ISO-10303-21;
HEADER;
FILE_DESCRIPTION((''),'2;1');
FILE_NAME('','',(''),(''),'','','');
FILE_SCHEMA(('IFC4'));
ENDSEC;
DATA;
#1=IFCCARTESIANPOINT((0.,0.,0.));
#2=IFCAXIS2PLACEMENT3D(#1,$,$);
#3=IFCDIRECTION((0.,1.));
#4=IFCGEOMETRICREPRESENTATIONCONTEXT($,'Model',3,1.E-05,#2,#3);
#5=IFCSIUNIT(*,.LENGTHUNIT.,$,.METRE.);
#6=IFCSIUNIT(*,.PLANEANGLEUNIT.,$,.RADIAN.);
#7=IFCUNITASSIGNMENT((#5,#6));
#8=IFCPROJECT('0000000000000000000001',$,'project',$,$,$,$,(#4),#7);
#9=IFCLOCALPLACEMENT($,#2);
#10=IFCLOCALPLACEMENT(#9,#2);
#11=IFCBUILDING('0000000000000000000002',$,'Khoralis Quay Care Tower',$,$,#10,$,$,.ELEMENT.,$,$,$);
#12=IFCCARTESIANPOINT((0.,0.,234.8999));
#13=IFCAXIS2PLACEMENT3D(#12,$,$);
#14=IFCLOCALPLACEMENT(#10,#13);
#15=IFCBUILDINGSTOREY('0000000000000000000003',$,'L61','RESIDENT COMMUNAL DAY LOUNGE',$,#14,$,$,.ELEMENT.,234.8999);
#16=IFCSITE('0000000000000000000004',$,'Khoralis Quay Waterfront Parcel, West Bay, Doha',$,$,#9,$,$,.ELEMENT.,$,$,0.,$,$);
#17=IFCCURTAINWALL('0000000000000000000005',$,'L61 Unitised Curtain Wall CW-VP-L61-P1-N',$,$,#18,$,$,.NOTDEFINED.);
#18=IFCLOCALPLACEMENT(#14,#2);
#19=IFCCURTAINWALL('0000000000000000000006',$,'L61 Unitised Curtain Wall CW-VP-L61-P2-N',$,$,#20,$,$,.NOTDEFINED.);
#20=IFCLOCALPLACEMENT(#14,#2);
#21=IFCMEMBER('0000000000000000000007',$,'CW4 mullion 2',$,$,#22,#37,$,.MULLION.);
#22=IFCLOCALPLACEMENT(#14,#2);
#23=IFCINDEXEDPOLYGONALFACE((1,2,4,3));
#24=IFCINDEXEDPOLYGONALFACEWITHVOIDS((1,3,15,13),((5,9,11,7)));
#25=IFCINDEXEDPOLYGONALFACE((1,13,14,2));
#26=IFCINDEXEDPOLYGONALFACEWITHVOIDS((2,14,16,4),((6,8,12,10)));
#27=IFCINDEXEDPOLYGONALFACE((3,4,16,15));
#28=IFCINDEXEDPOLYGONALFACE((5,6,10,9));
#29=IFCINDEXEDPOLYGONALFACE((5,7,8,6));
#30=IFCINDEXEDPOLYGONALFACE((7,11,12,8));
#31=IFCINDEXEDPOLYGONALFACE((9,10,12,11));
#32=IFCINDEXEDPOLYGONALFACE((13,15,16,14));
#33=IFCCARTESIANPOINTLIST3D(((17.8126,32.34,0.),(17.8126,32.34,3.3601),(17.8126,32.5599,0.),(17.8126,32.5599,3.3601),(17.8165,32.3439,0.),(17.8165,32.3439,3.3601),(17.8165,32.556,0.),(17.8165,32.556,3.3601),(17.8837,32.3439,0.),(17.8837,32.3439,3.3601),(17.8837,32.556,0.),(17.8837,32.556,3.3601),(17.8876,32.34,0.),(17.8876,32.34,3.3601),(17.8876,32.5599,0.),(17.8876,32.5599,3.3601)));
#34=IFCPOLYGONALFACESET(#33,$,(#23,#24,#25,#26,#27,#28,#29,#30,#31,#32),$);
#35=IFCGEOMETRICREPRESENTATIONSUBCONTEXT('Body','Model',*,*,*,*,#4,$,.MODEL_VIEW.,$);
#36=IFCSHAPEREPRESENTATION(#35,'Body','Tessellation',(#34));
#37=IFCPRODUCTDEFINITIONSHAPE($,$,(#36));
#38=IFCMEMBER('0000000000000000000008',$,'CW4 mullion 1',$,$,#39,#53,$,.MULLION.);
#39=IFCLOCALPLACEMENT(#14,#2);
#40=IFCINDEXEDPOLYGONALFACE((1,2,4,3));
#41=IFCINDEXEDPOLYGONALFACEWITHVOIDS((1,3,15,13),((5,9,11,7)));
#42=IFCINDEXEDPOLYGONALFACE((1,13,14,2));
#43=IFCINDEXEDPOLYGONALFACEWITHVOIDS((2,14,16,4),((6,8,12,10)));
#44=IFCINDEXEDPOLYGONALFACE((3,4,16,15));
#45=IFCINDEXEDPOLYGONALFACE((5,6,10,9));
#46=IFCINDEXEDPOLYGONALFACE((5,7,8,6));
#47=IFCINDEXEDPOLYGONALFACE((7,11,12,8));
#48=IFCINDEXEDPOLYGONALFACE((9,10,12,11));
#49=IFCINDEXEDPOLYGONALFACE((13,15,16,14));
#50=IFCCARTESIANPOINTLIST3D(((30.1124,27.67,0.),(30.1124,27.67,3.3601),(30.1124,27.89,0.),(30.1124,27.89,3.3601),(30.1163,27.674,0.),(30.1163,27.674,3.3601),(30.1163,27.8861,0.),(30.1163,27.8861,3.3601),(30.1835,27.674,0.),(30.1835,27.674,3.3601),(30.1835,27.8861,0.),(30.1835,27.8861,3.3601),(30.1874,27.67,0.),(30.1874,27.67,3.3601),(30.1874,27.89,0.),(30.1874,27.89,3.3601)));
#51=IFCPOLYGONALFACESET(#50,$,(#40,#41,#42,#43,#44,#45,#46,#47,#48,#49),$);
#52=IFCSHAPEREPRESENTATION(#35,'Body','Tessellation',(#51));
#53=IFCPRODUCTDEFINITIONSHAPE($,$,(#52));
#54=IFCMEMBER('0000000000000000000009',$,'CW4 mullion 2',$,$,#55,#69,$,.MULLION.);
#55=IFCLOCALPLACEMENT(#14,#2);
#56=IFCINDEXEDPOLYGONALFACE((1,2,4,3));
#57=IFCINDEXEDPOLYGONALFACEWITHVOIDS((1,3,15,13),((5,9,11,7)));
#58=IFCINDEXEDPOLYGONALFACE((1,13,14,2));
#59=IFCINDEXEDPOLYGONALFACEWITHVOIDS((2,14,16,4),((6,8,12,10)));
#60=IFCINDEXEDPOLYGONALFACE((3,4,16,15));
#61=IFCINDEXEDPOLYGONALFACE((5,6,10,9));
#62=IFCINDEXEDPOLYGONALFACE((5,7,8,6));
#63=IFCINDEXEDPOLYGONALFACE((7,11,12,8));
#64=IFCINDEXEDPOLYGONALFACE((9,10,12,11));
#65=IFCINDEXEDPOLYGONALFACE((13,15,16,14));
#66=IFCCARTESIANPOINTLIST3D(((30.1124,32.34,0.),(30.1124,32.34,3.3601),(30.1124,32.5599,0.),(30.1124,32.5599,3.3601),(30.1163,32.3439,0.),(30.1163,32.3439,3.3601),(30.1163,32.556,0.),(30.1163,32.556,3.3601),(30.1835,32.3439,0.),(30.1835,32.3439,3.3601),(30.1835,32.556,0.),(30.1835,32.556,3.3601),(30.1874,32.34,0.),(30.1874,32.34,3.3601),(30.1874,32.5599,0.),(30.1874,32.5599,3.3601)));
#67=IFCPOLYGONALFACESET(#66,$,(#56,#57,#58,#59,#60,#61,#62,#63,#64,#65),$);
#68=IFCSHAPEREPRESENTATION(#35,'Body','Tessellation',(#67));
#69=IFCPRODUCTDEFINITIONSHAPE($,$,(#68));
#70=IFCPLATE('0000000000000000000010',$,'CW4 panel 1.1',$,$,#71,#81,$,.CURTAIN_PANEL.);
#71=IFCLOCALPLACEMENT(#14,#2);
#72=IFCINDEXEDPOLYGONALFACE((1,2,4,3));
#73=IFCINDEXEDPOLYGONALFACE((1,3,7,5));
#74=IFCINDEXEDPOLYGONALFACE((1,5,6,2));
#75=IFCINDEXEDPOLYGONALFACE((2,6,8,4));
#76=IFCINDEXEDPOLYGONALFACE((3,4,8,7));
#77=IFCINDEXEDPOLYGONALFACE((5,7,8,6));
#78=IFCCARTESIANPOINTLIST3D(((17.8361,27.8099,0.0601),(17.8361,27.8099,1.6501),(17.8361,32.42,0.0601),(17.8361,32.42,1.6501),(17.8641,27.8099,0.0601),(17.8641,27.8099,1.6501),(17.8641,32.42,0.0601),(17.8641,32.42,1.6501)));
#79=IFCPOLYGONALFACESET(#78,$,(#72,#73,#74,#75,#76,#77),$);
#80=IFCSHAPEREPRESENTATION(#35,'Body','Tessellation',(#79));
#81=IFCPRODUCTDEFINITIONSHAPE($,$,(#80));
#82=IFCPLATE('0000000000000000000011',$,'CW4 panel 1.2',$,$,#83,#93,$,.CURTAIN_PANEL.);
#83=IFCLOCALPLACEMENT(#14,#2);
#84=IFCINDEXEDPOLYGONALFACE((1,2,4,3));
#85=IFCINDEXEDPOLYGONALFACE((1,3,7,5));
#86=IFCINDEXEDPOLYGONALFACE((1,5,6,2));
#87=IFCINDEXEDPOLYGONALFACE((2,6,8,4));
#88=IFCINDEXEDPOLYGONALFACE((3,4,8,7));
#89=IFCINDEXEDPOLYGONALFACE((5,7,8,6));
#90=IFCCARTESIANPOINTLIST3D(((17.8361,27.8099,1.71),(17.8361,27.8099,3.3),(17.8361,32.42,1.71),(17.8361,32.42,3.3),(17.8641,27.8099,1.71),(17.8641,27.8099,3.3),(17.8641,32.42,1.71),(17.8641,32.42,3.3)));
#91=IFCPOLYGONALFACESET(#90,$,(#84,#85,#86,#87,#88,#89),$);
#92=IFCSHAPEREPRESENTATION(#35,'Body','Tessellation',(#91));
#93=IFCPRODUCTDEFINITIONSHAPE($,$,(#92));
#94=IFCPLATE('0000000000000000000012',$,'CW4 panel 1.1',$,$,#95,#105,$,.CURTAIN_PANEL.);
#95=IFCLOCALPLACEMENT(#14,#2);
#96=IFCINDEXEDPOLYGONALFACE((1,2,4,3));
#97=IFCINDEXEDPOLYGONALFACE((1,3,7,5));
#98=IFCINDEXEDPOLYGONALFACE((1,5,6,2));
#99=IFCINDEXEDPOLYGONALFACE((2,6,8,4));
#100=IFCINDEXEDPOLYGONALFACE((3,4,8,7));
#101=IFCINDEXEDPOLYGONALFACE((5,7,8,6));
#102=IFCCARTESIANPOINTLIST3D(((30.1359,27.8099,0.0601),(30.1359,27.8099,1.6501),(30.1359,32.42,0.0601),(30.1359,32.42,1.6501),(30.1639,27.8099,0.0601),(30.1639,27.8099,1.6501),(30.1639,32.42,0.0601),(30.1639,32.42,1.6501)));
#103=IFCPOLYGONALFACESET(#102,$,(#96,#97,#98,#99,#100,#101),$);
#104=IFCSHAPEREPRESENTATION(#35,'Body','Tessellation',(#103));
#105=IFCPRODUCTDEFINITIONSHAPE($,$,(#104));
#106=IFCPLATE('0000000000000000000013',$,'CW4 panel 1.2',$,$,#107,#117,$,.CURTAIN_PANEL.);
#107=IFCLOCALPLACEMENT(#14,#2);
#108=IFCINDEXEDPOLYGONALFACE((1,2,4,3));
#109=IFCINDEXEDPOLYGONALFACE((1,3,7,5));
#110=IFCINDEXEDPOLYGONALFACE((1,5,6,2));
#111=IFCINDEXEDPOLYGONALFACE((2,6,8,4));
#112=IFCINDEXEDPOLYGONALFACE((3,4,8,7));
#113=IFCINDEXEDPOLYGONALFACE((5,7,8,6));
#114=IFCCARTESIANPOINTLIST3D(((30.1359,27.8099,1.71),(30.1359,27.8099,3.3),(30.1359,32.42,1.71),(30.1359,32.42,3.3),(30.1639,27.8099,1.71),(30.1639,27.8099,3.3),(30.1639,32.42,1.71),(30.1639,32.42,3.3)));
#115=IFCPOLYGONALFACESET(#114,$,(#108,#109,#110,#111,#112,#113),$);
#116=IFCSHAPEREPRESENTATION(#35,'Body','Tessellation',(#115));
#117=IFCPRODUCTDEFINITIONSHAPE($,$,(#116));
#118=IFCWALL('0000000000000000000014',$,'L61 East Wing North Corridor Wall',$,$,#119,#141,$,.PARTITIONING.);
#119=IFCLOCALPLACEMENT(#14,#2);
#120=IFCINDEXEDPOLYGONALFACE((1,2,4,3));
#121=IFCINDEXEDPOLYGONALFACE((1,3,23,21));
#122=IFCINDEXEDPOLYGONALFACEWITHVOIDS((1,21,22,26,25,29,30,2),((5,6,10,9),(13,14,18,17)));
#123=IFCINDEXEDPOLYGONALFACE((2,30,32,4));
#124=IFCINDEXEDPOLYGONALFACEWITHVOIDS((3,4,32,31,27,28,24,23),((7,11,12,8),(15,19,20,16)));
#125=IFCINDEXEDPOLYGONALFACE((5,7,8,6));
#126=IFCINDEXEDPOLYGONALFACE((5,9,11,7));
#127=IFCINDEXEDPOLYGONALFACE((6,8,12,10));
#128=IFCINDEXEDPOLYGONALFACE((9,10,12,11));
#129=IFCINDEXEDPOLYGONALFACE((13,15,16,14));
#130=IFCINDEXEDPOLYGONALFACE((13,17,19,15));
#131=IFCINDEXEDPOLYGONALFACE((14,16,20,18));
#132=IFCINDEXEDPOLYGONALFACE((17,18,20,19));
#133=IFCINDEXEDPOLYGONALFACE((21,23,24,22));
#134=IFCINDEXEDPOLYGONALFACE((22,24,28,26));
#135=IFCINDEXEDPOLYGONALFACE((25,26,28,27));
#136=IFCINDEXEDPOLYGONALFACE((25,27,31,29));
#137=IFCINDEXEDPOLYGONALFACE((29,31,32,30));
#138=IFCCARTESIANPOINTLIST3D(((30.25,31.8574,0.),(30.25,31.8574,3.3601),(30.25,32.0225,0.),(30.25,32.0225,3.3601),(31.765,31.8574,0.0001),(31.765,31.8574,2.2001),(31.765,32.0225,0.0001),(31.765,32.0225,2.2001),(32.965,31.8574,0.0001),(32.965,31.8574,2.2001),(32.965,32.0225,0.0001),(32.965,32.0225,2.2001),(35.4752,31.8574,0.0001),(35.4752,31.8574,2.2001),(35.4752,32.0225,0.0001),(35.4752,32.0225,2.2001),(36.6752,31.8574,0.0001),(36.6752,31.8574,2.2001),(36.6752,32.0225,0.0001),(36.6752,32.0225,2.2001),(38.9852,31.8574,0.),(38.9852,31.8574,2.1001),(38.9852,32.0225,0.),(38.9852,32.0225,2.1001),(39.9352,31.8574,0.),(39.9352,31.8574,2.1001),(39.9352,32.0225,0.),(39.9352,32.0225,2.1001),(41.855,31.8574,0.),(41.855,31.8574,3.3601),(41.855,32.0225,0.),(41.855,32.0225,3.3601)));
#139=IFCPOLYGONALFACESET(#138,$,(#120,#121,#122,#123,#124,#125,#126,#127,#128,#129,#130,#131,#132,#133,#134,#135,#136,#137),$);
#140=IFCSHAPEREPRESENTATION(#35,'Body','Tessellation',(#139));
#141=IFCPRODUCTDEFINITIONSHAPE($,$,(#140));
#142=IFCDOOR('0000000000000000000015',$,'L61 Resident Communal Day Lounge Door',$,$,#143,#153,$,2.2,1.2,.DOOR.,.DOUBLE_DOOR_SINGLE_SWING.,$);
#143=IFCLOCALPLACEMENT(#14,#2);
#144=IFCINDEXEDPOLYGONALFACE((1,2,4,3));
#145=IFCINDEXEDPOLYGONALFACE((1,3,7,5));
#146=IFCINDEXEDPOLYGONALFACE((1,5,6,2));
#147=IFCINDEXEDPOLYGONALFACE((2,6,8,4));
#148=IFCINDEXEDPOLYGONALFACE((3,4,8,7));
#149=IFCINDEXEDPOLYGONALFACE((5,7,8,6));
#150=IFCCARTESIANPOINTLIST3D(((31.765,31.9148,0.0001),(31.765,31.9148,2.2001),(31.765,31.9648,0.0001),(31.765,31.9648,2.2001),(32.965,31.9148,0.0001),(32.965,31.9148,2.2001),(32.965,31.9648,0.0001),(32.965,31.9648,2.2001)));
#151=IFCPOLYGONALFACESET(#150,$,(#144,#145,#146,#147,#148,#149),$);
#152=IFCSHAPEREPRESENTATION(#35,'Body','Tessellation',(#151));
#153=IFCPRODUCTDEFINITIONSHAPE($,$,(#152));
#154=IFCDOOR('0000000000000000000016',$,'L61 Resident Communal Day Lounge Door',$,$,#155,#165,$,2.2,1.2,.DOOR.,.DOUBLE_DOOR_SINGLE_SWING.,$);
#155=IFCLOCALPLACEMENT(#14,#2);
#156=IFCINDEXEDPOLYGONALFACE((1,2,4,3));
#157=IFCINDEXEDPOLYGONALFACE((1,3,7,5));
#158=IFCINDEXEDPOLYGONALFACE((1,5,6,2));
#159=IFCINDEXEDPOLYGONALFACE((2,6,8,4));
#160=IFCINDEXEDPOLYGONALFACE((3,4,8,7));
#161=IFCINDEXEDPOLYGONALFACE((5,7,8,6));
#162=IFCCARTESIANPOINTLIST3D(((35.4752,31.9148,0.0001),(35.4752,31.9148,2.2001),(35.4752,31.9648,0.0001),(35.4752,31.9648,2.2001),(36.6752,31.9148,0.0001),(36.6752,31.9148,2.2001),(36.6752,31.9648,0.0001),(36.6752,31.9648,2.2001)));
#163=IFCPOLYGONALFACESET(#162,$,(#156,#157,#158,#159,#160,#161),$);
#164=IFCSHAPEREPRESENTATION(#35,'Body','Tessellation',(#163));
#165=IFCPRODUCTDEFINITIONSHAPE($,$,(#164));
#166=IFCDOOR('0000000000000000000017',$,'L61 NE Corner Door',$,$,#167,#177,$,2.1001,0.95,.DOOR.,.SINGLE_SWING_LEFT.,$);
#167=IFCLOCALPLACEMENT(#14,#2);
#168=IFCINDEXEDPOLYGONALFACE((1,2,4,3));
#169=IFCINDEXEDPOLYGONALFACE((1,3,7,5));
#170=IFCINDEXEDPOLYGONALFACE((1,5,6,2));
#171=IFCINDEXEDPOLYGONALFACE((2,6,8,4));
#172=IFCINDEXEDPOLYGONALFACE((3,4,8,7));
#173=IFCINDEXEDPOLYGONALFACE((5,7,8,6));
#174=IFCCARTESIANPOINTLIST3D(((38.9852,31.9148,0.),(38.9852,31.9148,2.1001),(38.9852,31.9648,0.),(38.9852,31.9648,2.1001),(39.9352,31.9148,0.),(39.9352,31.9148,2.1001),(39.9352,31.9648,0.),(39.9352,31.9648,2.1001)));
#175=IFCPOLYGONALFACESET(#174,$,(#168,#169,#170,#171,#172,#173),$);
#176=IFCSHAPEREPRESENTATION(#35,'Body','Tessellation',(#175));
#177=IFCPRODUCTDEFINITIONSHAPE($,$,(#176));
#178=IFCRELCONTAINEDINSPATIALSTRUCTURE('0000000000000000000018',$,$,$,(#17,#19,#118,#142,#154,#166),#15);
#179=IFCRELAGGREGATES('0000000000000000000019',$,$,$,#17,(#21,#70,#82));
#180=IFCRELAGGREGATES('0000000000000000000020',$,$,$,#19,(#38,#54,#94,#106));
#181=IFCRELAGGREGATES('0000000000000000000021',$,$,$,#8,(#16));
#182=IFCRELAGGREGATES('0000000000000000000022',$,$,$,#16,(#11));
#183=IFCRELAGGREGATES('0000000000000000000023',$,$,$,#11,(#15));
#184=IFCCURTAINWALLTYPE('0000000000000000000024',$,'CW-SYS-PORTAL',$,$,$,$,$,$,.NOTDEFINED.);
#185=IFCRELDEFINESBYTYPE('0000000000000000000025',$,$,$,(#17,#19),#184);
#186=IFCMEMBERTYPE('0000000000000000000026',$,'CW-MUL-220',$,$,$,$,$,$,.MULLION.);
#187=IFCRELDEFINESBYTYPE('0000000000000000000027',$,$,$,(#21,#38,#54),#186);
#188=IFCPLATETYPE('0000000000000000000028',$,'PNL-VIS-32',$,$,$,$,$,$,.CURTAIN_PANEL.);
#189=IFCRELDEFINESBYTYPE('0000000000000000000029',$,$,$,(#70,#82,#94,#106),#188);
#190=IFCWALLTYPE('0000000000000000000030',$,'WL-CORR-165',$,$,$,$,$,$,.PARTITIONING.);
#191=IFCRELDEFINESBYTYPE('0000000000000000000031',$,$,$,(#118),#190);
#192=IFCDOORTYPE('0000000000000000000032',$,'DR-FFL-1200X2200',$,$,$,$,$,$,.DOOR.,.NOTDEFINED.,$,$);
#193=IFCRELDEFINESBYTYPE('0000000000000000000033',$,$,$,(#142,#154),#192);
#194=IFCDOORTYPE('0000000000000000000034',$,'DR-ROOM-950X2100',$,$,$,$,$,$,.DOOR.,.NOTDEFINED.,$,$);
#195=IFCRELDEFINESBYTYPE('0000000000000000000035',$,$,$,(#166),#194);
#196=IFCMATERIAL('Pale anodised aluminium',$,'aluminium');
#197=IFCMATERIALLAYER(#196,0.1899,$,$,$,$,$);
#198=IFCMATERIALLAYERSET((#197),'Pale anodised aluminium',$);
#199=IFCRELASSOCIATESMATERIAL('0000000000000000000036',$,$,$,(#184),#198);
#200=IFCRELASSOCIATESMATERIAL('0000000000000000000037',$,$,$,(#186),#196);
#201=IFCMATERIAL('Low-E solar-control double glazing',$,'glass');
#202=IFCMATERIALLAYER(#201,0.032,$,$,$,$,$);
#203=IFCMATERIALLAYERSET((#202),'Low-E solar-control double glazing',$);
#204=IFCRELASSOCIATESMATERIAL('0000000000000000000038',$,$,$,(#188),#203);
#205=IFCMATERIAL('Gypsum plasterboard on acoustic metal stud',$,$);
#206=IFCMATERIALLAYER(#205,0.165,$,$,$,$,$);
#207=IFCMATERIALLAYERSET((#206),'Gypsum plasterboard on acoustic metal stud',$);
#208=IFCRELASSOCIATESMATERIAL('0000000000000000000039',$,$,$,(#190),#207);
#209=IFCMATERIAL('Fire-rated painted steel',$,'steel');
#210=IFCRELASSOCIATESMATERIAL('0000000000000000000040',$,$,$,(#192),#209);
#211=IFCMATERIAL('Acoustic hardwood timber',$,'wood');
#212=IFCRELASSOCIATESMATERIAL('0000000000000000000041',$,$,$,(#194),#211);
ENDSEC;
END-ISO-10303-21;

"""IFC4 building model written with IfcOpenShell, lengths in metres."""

from ifc_helpers import new_model, si_unit, direction, frame, frame_2d, origin, origin_2d, place, context, subcontext, project, spatial, rectangle, hollow_rectangle, extrude, source, transform, mapped, material, layer, layer_set, material_profile, profile_set, type_object, element, fill, aggregate, save


model = new_model("IFC4")

# Units and contexts
model_context = context("Model", 3, precision=1e-05, world=origin(), true_north=direction((0.0, 1.0)))
body_context = subcontext(model_context, "Body", "Model", "MODEL_VIEW")
ifc_project = project(units=[si_unit("LENGTHUNIT", "METRE"), si_unit("PLANEANGLEUNIT", "RADIAN")], contexts=[model_context])

# Site, building, storey
site_placement = place(None, origin())
site = spatial("IfcSite", under=ifc_project, at=site_placement, Name="Khoralis Quay Waterfront Parcel, West Bay, Doha", CompositionType="ELEMENT", RefElevation=0.0)
building_placement = place(site_placement, origin())
building = spatial("IfcBuilding", under=site, at=building_placement, Name="Khoralis Quay Care Tower", CompositionType="ELEMENT")
storey_placement = place(building_placement, frame((0.0, 0.0, 234.8999)))
storey = spatial("IfcBuildingStorey", under=building, at=storey_placement, Name="L61", Description="RESIDENT COMMUNAL DAY LOUNGE", CompositionType="ELEMENT", Elevation=234.8999)

# Curtain wall
ifc_material_1 = material(Name="Pale anodised aluminium", Category="aluminium")
ifc_layer_1 = layer(ifc_material_1, 0.1899)
ifc_layer_set_1 = layer_set([ifc_layer_1], Name="Pale anodised aluminium")
curtain_wall_type = type_object("IfcCurtainWallType", Name="CW-SYS-PORTAL", PredefinedType="NOTDEFINED", material=ifc_layer_set_1)
curtain_wall_1_placement = place(storey_placement, origin())
curtain_wall_1 = element("IfcCurtainWall", 1, at=curtain_wall_1_placement, inside=storey, type_object=curtain_wall_type, Name="L61 Unitised Curtain Wall CW-VP-L61-P1-N", PredefinedType="NOTDEFINED")

# Curtain wall
curtain_wall_2_placement = place(storey_placement, origin())
curtain_wall_2 = element("IfcCurtainWall", 2, at=curtain_wall_2_placement, inside=storey, type_object=curtain_wall_type, Name="L61 Unitised Curtain Wall CW-VP-L61-P2-N", PredefinedType="NOTDEFINED")

# Members
ifc_material_profile_1 = material_profile(ifc_material_1, hollow_rectangle(XDim=0.075, YDim=0.22, WallThickness=0.0039, at=origin_2d()), Name="Pale anodised aluminium")
ifc_profile_set_1 = profile_set([ifc_material_profile_1], Name="Pale anodised aluminium")
member_type_1 = type_object("IfcMemberType", Name="CW-MUL-220", PredefinedType="MULLION", material=ifc_profile_set_1)
shared_shape_1 = source(origin(), body_context, "Body", "SweptSolid", [
    extrude(hollow_rectangle(XDim=0.075, YDim=0.22, WallThickness=0.0039, at=origin_2d()), origin(), (0.0, 0.0, 1.0), 3.3601),
])
member_1_placement = place(storey_placement, frame((17.8501, 32.45, 0.0), z_axis=(0.0, 0.0, 1.0), x_axis=(-1.0, 0.0, 0.0)))
member_1 = element("IfcMember", 3, at=member_1_placement, type_object=member_type_1, Name="CW4 mullion 2", PredefinedType="MULLION", context=body_context, shape_type="MappedRepresentation", body=[
    mapped(shared_shape_1, transform((0.0, 0.0, 0.0), scale=1.0)),
])
member_2_placement = place(storey_placement, frame((30.1499, 27.78, 0.0), z_axis=(0.0, 0.0, 1.0), x_axis=(-1.0, 0.0, 0.0)))
member_2 = element("IfcMember", 4, at=member_2_placement, type_object=member_type_1, Name="CW4 mullion 1", PredefinedType="MULLION", context=body_context, shape_type="MappedRepresentation", body=[
    mapped(shared_shape_1, transform((0.0, 0.0, 0.0), scale=1.0)),
])
member_3_placement = place(storey_placement, frame((30.1499, 32.45, 0.0), z_axis=(0.0, 0.0, 1.0), x_axis=(-1.0, 0.0, 0.0)))
member_3 = element("IfcMember", 5, at=member_3_placement, type_object=member_type_1, Name="CW4 mullion 2", PredefinedType="MULLION", context=body_context, shape_type="MappedRepresentation", body=[
    mapped(shared_shape_1, transform((0.0, 0.0, 0.0), scale=1.0)),
])

# Plates
ifc_material_2 = material(Name="Low-E solar-control double glazing", Category="glass")
ifc_layer_2 = layer(ifc_material_2, 0.032)
ifc_layer_set_2 = layer_set([ifc_layer_2], Name="Low-E solar-control double glazing")
plate_type = type_object("IfcPlateType", Name="PNL-VIS-32", PredefinedType="CURTAIN_PANEL", material=ifc_layer_set_2)
shared_shape_2 = source(origin(), body_context, "Body", "SweptSolid", [
    extrude(rectangle(XDim=4.6101, YDim=0.0281, at=origin_2d()), origin(), (0.0, 0.0, 1.0), 1.5901),
])
plate_1_placement = place(storey_placement, frame((17.8501, 30.115, 0.0601), z_axis=(0.0, 0.0, 1.0), x_axis=(0.0, 1.0, 0.0)))
plate_1 = element("IfcPlate", 6, at=plate_1_placement, type_object=plate_type, Name="CW4 panel 1.1", PredefinedType="CURTAIN_PANEL", context=body_context, shape_type="MappedRepresentation", body=[
    mapped(shared_shape_2, transform((0.0, 0.0, 0.0), scale=1.0)),
])
plate_2_placement = place(storey_placement, frame((17.8501, 30.115, 1.71), z_axis=(0.0, 0.0, 1.0), x_axis=(0.0, 1.0, 0.0)))
plate_2 = element("IfcPlate", 7, at=plate_2_placement, type_object=plate_type, Name="CW4 panel 1.2", PredefinedType="CURTAIN_PANEL", context=body_context, shape_type="MappedRepresentation", body=[
    mapped(shared_shape_2, transform((0.0, 0.0, 0.0), scale=1.0)),
])
aggregate(curtain_wall_1, [member_1, plate_1, plate_2])
plate_3_placement = place(storey_placement, frame((30.1499, 30.115, 0.0601), z_axis=(0.0, 0.0, 1.0), x_axis=(0.0, 1.0, 0.0)))
plate_3 = element("IfcPlate", 8, at=plate_3_placement, type_object=plate_type, Name="CW4 panel 1.1", PredefinedType="CURTAIN_PANEL", context=body_context, shape_type="MappedRepresentation", body=[
    mapped(shared_shape_2, transform((0.0, 0.0, 0.0), scale=1.0)),
])
plate_4_placement = place(storey_placement, frame((30.1499, 30.115, 1.71), z_axis=(0.0, 0.0, 1.0), x_axis=(0.0, 1.0, 0.0)))
plate_4 = element("IfcPlate", 9, at=plate_4_placement, type_object=plate_type, Name="CW4 panel 1.2", PredefinedType="CURTAIN_PANEL", context=body_context, shape_type="MappedRepresentation", body=[
    mapped(shared_shape_2, transform((0.0, 0.0, 0.0), scale=1.0)),
])
aggregate(curtain_wall_2, [member_2, member_3, plate_3, plate_4])

# Wall, openings, doors
ifc_material_3 = material(Name="Gypsum plasterboard on acoustic metal stud")
ifc_layer_3 = layer(ifc_material_3, 0.165)
ifc_layer_set_3 = layer_set([ifc_layer_3], Name="Gypsum plasterboard on acoustic metal stud")
wall_type_1 = type_object("IfcWallType", Name="WL-CORR-165", PredefinedType="PARTITIONING", material=ifc_layer_set_3)
wall_1_placement = place(storey_placement, frame((30.25, 31.9399, 0.0), z_axis=(0.0, 0.0, 1.0), x_axis=(1.0, 0.0, 0.0)))
wall_1 = element("IfcWall", 10, at=wall_1_placement, inside=storey, type_object=wall_type_1, Name="L61 East Wing North Corridor Wall", PredefinedType="PARTITIONING", context=body_context, shape_type="SweptSolid", body=[
    extrude(rectangle(XDim=11.605, YDim=0.165, at=frame_2d((5.8025, 0.0))), origin(), (0.0, 0.0, 1.0), 3.3601),
])
opening_1_placement = place(wall_1_placement, frame((1.5149, 0.0, 0.0)))
opening_1 = element("IfcOpeningElement", 11, at=opening_1_placement, cuts=wall_1, PredefinedType="OPENING", context=body_context, shape_type="SweptSolid", body=[
    extrude(rectangle(XDim=1.2, YDim=2.2, at=frame_2d((0.6001, 1.1001))), frame((0.0, 0.0925, 0.0), z_axis=(0.0, -1.0, 0.0), x_axis=(1.0, 0.0, 0.0)), (0.0, 0.0, 1.0), 0.1851),
])
opening_2_placement = place(wall_1_placement, frame((5.2251, 0.0, 0.0)))
opening_2 = element("IfcOpeningElement", 12, at=opening_2_placement, cuts=wall_1, PredefinedType="OPENING", context=body_context, shape_type="SweptSolid", body=[
    extrude(rectangle(XDim=1.2, YDim=2.2, at=frame_2d((0.6001, 1.1001))), frame((0.0, 0.0925, 0.0), z_axis=(0.0, -1.0, 0.0), x_axis=(1.0, 0.0, 0.0)), (0.0, 0.0, 1.0), 0.1851),
])
opening_3_placement = place(wall_1_placement, frame((8.7351, 0.0, 0.0)))
opening_3 = element("IfcOpeningElement", 13, at=opening_3_placement, cuts=wall_1, PredefinedType="OPENING", context=body_context, shape_type="SweptSolid", body=[
    extrude(rectangle(XDim=0.95, YDim=2.1001, at=frame_2d((0.4751, 1.05))), frame((0.0, 0.0925, 0.0), z_axis=(0.0, -1.0, 0.0), x_axis=(1.0, 0.0, 0.0)), (0.0, 0.0, 1.0), 0.1851),
])
ifc_material_4 = material(Name="Fire-rated painted steel", Category="steel")
door_type_1 = type_object("IfcDoorType", Name="DR-FFL-1200X2200", OperationType="NOTDEFINED", PredefinedType="DOOR", material=ifc_material_4)
shared_shape_3 = source(origin(), body_context, "Body", "SweptSolid", [
    extrude(rectangle(XDim=1.2, YDim=2.2, at=frame_2d((0.6001, 1.1001))), frame((0.0, 0.0249, 0.0), z_axis=(0.0, -1.0, 0.0), x_axis=(1.0, 0.0, 0.0)), (0.0, 0.0, 1.0), 0.05),
])
door_1_placement = place(opening_1_placement, origin())
door_1 = element("IfcDoor", 14, at=door_1_placement, inside=storey, type_object=door_type_1, Name="L61 Resident Communal Day Lounge Door", OperationType="DOUBLE_DOOR_SINGLE_SWING", OverallHeight=2.2, OverallWidth=1.2, PredefinedType="DOOR", context=body_context, shape_type="MappedRepresentation", body=[
    mapped(shared_shape_3, transform((0.0, 0.0, 0.0), scale=1.0)),
])
fill(opening_1, door_1)
door_2_placement = place(opening_2_placement, origin())
door_2 = element("IfcDoor", 15, at=door_2_placement, inside=storey, type_object=door_type_1, Name="L61 Resident Communal Day Lounge Door", OperationType="DOUBLE_DOOR_SINGLE_SWING", OverallHeight=2.2, OverallWidth=1.2, PredefinedType="DOOR", context=body_context, shape_type="MappedRepresentation", body=[
    mapped(shared_shape_3, transform((0.0, 0.0, 0.0), scale=1.0)),
])
fill(opening_2, door_2)
ifc_material_5 = material(Name="Acoustic hardwood timber", Category="wood")
door_type_2 = type_object("IfcDoorType", Name="DR-ROOM-950X2100", OperationType="NOTDEFINED", PredefinedType="DOOR", material=ifc_material_5)
shared_shape_4 = source(origin(), body_context, "Body", "SweptSolid", [
    extrude(rectangle(XDim=0.95, YDim=2.1001, at=frame_2d((0.4751, 1.05))), frame((0.0, 0.0249, 0.0), z_axis=(0.0, -1.0, 0.0), x_axis=(1.0, 0.0, 0.0)), (0.0, 0.0, 1.0), 0.05),
])
door_3_placement = place(opening_3_placement, origin())
door_3 = element("IfcDoor", 16, at=door_3_placement, inside=storey, type_object=door_type_2, Name="L61 NE Corner Door", OperationType="SINGLE_SWING_LEFT", OverallHeight=2.1001, OverallWidth=0.95, PredefinedType="DOOR", context=body_context, shape_type="MappedRepresentation", body=[
    mapped(shared_shape_4, transform((0.0, 0.0, 0.0), scale=1.0)),
])
fill(opening_3, door_3)

save(model, "model.ifc")
